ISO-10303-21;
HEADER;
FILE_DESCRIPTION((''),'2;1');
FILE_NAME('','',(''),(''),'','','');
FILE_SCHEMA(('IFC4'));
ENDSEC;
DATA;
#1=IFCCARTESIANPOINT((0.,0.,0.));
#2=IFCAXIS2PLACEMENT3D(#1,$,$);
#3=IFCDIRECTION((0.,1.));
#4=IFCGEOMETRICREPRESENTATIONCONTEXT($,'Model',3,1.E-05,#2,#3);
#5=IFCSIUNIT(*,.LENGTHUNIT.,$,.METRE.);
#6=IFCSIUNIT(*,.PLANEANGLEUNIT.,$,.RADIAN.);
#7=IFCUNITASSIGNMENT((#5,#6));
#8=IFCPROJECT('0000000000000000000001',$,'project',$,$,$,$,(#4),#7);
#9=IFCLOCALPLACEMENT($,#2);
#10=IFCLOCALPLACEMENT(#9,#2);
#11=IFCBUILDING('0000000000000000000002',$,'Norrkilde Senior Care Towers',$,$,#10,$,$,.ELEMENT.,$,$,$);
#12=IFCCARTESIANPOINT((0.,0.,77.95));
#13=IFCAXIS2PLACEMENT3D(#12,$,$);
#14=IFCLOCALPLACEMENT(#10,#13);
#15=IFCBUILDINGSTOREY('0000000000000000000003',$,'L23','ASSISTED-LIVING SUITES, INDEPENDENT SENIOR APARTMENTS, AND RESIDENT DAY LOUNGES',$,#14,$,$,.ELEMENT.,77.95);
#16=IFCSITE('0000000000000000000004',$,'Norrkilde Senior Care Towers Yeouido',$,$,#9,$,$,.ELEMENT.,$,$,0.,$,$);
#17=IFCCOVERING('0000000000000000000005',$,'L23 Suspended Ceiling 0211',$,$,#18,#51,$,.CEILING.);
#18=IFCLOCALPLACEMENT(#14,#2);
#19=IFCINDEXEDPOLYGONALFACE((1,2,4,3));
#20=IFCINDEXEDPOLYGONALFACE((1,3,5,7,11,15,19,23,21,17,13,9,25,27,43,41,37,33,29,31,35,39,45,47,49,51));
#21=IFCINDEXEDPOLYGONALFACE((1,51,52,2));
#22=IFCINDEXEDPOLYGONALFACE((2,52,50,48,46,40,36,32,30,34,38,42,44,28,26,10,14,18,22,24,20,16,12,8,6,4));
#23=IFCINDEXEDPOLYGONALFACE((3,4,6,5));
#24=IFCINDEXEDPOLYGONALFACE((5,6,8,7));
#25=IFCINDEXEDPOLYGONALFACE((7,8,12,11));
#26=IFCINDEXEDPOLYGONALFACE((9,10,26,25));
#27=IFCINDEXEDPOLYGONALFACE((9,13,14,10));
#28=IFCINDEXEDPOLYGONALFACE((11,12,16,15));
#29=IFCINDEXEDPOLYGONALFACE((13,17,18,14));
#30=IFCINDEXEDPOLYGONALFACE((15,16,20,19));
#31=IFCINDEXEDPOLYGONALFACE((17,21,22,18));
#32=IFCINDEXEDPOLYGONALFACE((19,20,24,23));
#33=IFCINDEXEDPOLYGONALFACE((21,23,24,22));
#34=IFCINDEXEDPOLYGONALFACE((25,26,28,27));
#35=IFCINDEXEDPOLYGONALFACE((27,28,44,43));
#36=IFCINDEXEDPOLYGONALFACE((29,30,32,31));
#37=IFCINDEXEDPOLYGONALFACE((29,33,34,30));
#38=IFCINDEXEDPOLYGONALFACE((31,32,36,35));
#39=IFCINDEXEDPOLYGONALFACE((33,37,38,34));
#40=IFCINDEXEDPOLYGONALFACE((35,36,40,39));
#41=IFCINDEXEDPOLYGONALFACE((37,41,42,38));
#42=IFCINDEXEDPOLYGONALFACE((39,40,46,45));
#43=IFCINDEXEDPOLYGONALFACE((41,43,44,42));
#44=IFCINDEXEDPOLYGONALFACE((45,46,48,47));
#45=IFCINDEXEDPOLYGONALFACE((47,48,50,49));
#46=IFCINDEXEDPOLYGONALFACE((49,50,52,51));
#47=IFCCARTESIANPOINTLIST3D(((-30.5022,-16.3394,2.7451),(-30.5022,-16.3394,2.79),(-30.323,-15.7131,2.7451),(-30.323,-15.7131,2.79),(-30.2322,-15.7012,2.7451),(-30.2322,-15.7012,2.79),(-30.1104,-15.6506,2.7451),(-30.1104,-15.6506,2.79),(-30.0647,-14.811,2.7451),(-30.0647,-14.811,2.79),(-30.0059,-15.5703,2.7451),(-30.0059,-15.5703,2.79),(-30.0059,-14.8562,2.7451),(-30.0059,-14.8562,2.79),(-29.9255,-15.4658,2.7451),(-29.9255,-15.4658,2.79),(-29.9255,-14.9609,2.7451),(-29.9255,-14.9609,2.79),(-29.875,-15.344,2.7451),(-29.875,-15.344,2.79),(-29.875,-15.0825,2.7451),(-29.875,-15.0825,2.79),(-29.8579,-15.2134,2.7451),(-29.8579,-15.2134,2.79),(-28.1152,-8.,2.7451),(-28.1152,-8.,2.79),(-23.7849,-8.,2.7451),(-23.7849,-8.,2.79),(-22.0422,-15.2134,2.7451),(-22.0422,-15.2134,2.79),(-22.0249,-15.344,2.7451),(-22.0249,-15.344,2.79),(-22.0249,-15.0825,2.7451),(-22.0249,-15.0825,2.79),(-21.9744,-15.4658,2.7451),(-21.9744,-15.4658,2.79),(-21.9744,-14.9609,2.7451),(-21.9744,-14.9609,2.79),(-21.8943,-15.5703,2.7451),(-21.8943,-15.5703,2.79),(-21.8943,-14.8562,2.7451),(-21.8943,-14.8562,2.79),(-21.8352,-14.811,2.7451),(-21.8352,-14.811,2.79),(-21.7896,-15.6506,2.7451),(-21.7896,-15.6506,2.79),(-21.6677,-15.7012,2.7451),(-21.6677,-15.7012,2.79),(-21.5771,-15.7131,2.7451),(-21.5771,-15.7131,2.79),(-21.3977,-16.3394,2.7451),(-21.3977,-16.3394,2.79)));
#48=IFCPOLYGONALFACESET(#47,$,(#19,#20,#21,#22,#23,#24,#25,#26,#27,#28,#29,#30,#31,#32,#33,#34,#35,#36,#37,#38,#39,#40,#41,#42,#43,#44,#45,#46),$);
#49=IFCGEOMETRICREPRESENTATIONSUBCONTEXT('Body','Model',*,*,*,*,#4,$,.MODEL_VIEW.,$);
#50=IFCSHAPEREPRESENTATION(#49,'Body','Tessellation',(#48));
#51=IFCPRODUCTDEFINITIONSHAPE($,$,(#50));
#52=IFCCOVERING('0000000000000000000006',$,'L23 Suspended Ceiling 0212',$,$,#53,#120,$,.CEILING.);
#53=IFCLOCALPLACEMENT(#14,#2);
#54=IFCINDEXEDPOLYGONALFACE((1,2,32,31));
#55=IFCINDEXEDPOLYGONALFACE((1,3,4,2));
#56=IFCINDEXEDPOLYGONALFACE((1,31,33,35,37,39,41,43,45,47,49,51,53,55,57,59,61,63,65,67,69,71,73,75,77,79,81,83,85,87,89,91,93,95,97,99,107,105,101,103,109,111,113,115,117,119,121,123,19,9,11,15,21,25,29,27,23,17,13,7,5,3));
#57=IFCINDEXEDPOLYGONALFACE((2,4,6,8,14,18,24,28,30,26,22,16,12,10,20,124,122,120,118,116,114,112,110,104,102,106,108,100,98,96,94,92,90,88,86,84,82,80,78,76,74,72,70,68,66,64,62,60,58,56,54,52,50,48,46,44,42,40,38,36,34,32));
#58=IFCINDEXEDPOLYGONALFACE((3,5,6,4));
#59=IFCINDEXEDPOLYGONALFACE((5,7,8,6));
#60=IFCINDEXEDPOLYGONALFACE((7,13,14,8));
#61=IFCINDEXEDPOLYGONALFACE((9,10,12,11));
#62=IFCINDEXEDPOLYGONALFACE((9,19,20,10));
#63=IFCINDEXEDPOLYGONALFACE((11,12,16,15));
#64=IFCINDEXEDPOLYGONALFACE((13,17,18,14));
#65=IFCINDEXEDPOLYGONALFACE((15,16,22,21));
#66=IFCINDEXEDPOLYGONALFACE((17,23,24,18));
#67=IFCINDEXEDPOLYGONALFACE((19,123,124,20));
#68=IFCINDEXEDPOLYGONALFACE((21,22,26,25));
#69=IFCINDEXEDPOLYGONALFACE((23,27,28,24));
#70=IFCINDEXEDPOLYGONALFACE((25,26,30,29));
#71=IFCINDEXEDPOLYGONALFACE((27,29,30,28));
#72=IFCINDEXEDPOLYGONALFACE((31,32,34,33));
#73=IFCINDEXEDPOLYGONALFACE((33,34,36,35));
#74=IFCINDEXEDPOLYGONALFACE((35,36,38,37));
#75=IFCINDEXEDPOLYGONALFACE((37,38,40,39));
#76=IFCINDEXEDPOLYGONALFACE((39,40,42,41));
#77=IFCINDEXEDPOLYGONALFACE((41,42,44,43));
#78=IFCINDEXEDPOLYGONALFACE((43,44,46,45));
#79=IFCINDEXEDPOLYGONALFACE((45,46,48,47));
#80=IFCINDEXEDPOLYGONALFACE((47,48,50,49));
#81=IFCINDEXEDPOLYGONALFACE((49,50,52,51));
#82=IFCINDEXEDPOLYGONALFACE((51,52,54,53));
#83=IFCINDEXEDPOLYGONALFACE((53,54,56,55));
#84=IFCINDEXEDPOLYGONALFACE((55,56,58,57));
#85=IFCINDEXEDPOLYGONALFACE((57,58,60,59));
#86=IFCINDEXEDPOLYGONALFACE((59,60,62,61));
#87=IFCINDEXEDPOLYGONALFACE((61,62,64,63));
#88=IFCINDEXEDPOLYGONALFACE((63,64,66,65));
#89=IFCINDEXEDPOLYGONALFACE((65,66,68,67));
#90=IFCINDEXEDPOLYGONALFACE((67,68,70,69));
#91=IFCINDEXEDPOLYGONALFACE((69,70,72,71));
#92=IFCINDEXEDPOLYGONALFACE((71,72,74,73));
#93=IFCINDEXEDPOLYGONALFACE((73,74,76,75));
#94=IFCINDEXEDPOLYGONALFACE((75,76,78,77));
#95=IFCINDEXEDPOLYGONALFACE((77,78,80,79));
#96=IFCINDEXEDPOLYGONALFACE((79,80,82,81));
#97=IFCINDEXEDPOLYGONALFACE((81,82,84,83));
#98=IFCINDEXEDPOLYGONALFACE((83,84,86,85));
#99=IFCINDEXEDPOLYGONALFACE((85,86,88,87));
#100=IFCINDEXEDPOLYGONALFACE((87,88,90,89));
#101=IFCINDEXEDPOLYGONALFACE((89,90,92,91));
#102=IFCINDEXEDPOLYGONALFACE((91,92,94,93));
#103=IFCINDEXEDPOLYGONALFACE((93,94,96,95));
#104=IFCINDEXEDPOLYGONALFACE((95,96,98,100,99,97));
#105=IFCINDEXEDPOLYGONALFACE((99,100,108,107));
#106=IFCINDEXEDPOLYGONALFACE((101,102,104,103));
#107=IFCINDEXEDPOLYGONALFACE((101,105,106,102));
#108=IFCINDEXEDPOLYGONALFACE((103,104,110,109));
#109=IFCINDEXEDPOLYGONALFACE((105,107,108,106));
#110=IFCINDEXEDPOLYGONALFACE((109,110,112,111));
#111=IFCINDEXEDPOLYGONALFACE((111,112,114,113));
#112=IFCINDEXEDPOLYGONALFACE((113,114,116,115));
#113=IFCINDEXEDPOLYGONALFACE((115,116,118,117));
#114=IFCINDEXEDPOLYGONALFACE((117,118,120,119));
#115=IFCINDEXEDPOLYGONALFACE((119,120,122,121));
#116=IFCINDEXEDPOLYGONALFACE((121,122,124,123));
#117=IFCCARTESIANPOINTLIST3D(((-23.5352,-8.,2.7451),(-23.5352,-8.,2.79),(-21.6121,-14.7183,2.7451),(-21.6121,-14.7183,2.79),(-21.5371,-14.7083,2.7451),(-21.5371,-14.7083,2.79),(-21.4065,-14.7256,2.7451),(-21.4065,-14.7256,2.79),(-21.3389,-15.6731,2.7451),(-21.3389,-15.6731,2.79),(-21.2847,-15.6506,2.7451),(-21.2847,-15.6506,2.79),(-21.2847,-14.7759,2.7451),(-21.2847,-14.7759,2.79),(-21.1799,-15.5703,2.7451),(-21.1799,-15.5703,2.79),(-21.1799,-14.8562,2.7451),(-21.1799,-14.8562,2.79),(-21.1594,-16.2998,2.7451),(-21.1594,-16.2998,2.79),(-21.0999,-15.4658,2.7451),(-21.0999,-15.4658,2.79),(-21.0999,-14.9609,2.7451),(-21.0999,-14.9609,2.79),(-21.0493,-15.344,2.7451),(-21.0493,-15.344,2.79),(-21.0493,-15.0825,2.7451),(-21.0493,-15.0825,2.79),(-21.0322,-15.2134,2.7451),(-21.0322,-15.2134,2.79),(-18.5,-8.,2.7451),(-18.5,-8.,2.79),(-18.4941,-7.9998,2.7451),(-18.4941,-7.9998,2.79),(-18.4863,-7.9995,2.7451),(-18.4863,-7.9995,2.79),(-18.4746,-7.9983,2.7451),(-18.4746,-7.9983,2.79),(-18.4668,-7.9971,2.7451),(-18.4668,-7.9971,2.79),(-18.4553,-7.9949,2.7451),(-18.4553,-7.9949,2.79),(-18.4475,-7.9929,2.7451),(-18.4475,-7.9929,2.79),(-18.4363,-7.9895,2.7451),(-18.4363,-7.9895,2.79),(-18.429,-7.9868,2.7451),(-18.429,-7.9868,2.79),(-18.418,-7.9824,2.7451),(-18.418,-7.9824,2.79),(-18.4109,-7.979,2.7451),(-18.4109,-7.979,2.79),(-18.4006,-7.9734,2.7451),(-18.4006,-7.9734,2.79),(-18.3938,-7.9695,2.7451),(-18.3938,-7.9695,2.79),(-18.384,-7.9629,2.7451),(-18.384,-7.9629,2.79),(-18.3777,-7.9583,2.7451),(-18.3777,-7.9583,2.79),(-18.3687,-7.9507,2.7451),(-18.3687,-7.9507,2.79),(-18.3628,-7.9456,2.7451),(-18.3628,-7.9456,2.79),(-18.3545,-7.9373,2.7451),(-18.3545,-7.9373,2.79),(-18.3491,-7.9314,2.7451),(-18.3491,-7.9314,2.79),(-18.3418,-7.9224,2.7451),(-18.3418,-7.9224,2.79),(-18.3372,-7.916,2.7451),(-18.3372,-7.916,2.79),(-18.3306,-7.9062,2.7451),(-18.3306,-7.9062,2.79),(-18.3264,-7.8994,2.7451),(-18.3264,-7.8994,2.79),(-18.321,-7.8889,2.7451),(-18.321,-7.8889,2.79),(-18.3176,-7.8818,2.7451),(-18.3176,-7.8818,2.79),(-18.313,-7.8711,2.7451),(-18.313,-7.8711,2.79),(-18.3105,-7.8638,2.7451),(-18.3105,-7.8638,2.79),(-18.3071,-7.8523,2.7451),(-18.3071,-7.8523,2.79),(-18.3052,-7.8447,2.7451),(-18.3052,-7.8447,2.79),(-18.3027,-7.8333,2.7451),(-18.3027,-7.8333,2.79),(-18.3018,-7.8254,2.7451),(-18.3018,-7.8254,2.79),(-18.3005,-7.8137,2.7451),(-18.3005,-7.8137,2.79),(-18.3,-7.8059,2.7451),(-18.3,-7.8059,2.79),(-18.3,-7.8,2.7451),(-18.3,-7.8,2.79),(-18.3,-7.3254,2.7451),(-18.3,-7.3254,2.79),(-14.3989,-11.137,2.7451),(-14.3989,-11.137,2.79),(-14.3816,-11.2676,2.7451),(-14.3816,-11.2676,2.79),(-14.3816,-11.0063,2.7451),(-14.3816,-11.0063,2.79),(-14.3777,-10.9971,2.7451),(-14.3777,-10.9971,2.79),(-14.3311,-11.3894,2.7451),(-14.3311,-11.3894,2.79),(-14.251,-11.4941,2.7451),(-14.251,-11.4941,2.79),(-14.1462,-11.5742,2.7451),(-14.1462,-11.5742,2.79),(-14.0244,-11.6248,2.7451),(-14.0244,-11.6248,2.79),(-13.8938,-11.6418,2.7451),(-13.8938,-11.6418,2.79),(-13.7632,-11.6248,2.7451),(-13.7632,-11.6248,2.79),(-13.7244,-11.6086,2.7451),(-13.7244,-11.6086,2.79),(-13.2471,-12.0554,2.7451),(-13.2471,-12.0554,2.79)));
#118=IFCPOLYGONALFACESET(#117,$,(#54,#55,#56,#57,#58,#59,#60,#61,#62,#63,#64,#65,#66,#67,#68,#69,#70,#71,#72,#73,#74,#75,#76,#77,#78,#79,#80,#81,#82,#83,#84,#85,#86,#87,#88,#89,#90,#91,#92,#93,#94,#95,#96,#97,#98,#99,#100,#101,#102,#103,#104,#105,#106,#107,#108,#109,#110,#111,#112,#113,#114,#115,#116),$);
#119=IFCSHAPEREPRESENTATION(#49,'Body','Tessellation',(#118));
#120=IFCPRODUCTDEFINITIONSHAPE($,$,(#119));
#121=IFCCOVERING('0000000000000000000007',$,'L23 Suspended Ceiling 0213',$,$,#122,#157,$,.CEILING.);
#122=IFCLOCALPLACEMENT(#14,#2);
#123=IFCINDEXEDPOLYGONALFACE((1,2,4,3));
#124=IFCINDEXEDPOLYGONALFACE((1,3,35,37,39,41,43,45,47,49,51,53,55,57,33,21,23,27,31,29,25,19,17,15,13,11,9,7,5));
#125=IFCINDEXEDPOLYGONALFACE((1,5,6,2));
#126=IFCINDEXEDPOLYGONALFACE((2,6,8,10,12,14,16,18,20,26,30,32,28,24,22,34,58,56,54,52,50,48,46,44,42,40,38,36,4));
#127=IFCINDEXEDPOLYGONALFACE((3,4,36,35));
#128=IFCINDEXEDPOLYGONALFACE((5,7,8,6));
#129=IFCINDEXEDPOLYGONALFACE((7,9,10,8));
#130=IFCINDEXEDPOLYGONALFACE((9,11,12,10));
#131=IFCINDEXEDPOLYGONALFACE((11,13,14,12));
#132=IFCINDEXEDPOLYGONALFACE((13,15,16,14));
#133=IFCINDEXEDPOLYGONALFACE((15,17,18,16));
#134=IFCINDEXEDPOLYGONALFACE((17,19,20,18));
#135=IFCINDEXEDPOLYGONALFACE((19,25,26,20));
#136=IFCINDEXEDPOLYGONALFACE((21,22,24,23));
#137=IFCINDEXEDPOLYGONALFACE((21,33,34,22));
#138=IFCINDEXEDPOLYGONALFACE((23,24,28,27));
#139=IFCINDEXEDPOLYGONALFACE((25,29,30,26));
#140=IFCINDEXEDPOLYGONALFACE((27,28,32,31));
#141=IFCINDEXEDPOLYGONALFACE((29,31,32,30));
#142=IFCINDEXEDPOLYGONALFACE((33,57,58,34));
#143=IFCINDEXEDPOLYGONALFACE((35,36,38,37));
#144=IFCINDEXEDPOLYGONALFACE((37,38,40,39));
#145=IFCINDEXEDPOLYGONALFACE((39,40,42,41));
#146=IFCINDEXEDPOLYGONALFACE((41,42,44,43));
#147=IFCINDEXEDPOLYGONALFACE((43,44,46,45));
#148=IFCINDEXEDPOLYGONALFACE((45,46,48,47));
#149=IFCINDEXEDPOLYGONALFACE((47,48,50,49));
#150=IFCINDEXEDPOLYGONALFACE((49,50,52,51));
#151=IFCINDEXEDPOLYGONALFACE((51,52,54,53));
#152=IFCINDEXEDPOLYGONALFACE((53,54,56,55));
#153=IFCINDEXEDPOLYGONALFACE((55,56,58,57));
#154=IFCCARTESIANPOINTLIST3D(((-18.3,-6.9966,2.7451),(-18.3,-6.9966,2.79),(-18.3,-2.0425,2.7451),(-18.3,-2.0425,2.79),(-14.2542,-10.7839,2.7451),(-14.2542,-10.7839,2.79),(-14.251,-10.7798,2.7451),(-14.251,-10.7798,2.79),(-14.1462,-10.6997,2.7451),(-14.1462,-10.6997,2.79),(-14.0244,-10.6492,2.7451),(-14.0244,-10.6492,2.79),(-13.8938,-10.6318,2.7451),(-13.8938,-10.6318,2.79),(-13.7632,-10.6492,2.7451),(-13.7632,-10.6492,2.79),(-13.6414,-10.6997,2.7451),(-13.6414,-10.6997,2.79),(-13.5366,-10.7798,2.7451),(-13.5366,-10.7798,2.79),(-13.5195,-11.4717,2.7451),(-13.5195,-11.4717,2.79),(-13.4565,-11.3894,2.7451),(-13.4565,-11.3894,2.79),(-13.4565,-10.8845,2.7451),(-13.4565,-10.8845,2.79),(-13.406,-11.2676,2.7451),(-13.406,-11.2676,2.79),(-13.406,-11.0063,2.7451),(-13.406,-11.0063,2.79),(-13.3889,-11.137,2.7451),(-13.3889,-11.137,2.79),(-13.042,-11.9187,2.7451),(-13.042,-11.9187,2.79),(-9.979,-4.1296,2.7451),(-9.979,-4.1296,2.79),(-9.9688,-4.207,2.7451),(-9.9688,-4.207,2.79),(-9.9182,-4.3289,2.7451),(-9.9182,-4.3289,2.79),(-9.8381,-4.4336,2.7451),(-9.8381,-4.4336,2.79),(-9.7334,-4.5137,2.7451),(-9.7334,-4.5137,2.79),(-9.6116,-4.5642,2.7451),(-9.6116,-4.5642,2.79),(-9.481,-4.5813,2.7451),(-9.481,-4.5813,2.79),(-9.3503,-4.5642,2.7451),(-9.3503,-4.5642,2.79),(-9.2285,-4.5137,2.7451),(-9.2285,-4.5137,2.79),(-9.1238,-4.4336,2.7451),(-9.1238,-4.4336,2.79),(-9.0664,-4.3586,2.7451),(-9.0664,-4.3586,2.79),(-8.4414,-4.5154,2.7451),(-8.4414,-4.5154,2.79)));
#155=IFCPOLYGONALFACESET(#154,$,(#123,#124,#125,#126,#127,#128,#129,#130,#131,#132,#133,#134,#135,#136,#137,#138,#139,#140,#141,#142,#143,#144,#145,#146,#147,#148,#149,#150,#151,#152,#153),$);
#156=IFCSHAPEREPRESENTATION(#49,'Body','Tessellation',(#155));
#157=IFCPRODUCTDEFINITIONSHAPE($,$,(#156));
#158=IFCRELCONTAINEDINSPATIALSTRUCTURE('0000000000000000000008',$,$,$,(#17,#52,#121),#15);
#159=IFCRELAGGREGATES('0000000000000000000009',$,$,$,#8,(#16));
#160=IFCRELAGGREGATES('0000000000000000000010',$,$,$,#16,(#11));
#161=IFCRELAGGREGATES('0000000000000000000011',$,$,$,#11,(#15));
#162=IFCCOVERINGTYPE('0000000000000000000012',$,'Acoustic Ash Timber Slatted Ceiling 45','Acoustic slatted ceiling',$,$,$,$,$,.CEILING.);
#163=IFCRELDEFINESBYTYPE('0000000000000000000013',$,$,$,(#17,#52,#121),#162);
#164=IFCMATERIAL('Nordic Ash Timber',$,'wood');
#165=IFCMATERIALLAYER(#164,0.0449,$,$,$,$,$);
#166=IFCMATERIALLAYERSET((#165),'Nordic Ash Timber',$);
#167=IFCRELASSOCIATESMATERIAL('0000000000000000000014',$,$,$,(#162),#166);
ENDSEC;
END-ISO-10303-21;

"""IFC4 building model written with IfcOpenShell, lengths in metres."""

from ifc_helpers import new_model, si_unit, direction, frame, origin, place, context, subcontext, project, spatial, polyline, outline, extrude, material, layer, layer_set, type_object, element, save


model = new_model("IFC4")

# Units and contexts
model_context = context("Model", 3, precision=1e-05, world=origin(), true_north=direction((0.0, 1.0)))
body_context = subcontext(model_context, "Body", "Model", "MODEL_VIEW")
ifc_project = project(units=[si_unit("LENGTHUNIT", "METRE"), si_unit("PLANEANGLEUNIT", "RADIAN")], contexts=[model_context])

# Site, building, storey
site_placement = place(None, origin())
site = spatial("IfcSite", under=ifc_project, at=site_placement, Name="Norrkilde Senior Care Towers Yeouido", CompositionType="ELEMENT", RefElevation=0.0)
building_placement = place(site_placement, origin())
building = spatial("IfcBuilding", under=site, at=building_placement, Name="Norrkilde Senior Care Towers", CompositionType="ELEMENT")
storey_placement = place(building_placement, frame((0.0, 0.0, 77.95)))
storey = spatial("IfcBuildingStorey", under=building, at=storey_placement, Name="L23", Description="ASSISTED-LIVING SUITES, INDEPENDENT SENIOR APARTMENTS, AND RESIDENT DAY LOUNGES", CompositionType="ELEMENT", Elevation=77.95)

# Coverings
ifc_material_1 = material(Name="Nordic Ash Timber", Category="wood")
ifc_layer_1 = layer(ifc_material_1, 0.0449)
ifc_layer_set_1 = layer_set([ifc_layer_1], Name="Nordic Ash Timber")
covering_type_1 = type_object("IfcCoveringType", Name="Acoustic Ash Timber Slatted Ceiling 45", Description="Acoustic slatted ceiling", PredefinedType="CEILING", material=ifc_layer_set_1)
covering_1_placement = place(storey_placement, frame((0.0, 0.0, 2.7451)))
element("IfcCovering", 1, at=covering_1_placement, inside=storey, type_object=covering_type_1, Name="L23 Suspended Ceiling 0211", PredefinedType="CEILING", context=body_context, shape_type="SweptSolid", body=[
    extrude(outline(polyline([(-30.5022, -16.3394), (-30.323, -15.7131), (-30.2322, -15.7012), (-30.1104, -15.6506), (-30.0059, -15.5703), (-29.9255, -15.4658), (-29.875, -15.344), (-29.8579, -15.2134), (-29.875, -15.0825), (-29.9255, -14.9609), (-30.0059, -14.8562), (-30.0647, -14.811), (-28.1152, -8.0), (-23.7849, -8.0), (-21.8352, -14.811), (-21.8943, -14.8562), (-21.9744, -14.9609), (-22.0249, -15.0825), (-22.0422, -15.2134), (-22.0249, -15.344), (-21.9744, -15.4658), (-21.8943, -15.5703), (-21.7896, -15.6506), (-21.6677, -15.7012), (-21.5771, -15.7131), (-21.3977, -16.3394), (-30.5022, -16.3394)])), origin(), (0.0, 0.0, 1.0), 0.0449),
])
covering_2_placement = place(storey_placement, frame((0.0, 0.0, 2.7451)))
element("IfcCovering", 2, at=covering_2_placement, inside=storey, type_object=covering_type_1, Name="L23 Suspended Ceiling 0212", PredefinedType="CEILING", context=body_context, shape_type="SweptSolid", body=[
    extrude(outline(polyline([(-18.4475, -7.9929), (-18.4363, -7.9895), (-18.429, -7.9868), (-18.418, -7.9824), (-18.4109, -7.979), (-18.4006, -7.9734), (-18.3938, -7.9695), (-18.384, -7.9629), (-18.3777, -7.9583), (-18.3687, -7.9507), (-18.3628, -7.9456), (-18.3545, -7.9373), (-18.3491, -7.9314), (-18.3418, -7.9224), (-18.3372, -7.916), (-18.3306, -7.9062), (-18.3264, -7.8994), (-18.321, -7.8889), (-18.3176, -7.8818), (-18.313, -7.8711), (-18.3105, -7.8638), (-18.3071, -7.8523), (-18.3052, -7.8447), (-18.3027, -7.8333), (-18.3018, -7.8254), (-18.3005, -7.8137), (-18.3, -7.8059), (-18.3, -7.8), (-18.3, -7.3254), (-14.3777, -10.9971), (-14.3816, -11.0063), (-14.3989, -11.137), (-14.3816, -11.2676), (-14.3311, -11.3894), (-14.251, -11.4941), (-14.1462, -11.5742), (-14.0244, -11.6248), (-13.8938, -11.6418), (-13.7632, -11.6248), (-13.7244, -11.6086), (-13.2471, -12.0554), (-21.1594, -16.2998), (-21.3389, -15.6731), (-21.2847, -15.6506), (-21.1799, -15.5703), (-21.0999, -15.4658), (-21.0493, -15.344), (-21.0322, -15.2134), (-21.0493, -15.0825), (-21.0999, -14.9609), (-21.1799, -14.8562), (-21.2847, -14.7759), (-21.4065, -14.7256), (-21.5371, -14.7083), (-21.6121, -14.7183), (-23.5352, -8.0), (-18.5, -8.0), (-18.4941, -7.9998), (-18.4863, -7.9995), (-18.4746, -7.9983), (-18.4668, -7.9971), (-18.4553, -7.9949), (-18.4475, -7.9929)])), origin(), (0.0, 0.0, 1.0), 0.0449),
])
covering_3_placement = place(storey_placement, frame((0.0, 0.0, 2.7451)))
element("IfcCovering", 3, at=covering_3_placement, inside=storey, type_object=covering_type_1, Name="L23 Suspended Ceiling 0213", PredefinedType="CEILING", context=body_context, shape_type="SweptSolid", body=[
    extrude(outline(polyline([(-13.042, -11.9187), (-13.5195, -11.4717), (-13.4565, -11.3894), (-13.406, -11.2676), (-13.3889, -11.137), (-13.406, -11.0063), (-13.4565, -10.8845), (-13.5366, -10.7798), (-13.6414, -10.6997), (-13.7632, -10.6492), (-13.8938, -10.6318), (-14.0244, -10.6492), (-14.1462, -10.6997), (-14.251, -10.7798), (-14.2542, -10.7839), (-18.3, -6.9966), (-18.3, -2.0425), (-9.979, -4.1296), (-9.9688, -4.207), (-9.9182, -4.3289), (-9.8381, -4.4336), (-9.7334, -4.5137), (-9.6116, -4.5642), (-9.481, -4.5813), (-9.3503, -4.5642), (-9.2285, -4.5137), (-9.1238, -4.4336), (-9.0664, -4.3586), (-8.4414, -4.5154), (-13.042, -11.9187)])), origin(), (0.0, 0.0, 1.0), 0.0449),
])

save(model, "model.ifc")
